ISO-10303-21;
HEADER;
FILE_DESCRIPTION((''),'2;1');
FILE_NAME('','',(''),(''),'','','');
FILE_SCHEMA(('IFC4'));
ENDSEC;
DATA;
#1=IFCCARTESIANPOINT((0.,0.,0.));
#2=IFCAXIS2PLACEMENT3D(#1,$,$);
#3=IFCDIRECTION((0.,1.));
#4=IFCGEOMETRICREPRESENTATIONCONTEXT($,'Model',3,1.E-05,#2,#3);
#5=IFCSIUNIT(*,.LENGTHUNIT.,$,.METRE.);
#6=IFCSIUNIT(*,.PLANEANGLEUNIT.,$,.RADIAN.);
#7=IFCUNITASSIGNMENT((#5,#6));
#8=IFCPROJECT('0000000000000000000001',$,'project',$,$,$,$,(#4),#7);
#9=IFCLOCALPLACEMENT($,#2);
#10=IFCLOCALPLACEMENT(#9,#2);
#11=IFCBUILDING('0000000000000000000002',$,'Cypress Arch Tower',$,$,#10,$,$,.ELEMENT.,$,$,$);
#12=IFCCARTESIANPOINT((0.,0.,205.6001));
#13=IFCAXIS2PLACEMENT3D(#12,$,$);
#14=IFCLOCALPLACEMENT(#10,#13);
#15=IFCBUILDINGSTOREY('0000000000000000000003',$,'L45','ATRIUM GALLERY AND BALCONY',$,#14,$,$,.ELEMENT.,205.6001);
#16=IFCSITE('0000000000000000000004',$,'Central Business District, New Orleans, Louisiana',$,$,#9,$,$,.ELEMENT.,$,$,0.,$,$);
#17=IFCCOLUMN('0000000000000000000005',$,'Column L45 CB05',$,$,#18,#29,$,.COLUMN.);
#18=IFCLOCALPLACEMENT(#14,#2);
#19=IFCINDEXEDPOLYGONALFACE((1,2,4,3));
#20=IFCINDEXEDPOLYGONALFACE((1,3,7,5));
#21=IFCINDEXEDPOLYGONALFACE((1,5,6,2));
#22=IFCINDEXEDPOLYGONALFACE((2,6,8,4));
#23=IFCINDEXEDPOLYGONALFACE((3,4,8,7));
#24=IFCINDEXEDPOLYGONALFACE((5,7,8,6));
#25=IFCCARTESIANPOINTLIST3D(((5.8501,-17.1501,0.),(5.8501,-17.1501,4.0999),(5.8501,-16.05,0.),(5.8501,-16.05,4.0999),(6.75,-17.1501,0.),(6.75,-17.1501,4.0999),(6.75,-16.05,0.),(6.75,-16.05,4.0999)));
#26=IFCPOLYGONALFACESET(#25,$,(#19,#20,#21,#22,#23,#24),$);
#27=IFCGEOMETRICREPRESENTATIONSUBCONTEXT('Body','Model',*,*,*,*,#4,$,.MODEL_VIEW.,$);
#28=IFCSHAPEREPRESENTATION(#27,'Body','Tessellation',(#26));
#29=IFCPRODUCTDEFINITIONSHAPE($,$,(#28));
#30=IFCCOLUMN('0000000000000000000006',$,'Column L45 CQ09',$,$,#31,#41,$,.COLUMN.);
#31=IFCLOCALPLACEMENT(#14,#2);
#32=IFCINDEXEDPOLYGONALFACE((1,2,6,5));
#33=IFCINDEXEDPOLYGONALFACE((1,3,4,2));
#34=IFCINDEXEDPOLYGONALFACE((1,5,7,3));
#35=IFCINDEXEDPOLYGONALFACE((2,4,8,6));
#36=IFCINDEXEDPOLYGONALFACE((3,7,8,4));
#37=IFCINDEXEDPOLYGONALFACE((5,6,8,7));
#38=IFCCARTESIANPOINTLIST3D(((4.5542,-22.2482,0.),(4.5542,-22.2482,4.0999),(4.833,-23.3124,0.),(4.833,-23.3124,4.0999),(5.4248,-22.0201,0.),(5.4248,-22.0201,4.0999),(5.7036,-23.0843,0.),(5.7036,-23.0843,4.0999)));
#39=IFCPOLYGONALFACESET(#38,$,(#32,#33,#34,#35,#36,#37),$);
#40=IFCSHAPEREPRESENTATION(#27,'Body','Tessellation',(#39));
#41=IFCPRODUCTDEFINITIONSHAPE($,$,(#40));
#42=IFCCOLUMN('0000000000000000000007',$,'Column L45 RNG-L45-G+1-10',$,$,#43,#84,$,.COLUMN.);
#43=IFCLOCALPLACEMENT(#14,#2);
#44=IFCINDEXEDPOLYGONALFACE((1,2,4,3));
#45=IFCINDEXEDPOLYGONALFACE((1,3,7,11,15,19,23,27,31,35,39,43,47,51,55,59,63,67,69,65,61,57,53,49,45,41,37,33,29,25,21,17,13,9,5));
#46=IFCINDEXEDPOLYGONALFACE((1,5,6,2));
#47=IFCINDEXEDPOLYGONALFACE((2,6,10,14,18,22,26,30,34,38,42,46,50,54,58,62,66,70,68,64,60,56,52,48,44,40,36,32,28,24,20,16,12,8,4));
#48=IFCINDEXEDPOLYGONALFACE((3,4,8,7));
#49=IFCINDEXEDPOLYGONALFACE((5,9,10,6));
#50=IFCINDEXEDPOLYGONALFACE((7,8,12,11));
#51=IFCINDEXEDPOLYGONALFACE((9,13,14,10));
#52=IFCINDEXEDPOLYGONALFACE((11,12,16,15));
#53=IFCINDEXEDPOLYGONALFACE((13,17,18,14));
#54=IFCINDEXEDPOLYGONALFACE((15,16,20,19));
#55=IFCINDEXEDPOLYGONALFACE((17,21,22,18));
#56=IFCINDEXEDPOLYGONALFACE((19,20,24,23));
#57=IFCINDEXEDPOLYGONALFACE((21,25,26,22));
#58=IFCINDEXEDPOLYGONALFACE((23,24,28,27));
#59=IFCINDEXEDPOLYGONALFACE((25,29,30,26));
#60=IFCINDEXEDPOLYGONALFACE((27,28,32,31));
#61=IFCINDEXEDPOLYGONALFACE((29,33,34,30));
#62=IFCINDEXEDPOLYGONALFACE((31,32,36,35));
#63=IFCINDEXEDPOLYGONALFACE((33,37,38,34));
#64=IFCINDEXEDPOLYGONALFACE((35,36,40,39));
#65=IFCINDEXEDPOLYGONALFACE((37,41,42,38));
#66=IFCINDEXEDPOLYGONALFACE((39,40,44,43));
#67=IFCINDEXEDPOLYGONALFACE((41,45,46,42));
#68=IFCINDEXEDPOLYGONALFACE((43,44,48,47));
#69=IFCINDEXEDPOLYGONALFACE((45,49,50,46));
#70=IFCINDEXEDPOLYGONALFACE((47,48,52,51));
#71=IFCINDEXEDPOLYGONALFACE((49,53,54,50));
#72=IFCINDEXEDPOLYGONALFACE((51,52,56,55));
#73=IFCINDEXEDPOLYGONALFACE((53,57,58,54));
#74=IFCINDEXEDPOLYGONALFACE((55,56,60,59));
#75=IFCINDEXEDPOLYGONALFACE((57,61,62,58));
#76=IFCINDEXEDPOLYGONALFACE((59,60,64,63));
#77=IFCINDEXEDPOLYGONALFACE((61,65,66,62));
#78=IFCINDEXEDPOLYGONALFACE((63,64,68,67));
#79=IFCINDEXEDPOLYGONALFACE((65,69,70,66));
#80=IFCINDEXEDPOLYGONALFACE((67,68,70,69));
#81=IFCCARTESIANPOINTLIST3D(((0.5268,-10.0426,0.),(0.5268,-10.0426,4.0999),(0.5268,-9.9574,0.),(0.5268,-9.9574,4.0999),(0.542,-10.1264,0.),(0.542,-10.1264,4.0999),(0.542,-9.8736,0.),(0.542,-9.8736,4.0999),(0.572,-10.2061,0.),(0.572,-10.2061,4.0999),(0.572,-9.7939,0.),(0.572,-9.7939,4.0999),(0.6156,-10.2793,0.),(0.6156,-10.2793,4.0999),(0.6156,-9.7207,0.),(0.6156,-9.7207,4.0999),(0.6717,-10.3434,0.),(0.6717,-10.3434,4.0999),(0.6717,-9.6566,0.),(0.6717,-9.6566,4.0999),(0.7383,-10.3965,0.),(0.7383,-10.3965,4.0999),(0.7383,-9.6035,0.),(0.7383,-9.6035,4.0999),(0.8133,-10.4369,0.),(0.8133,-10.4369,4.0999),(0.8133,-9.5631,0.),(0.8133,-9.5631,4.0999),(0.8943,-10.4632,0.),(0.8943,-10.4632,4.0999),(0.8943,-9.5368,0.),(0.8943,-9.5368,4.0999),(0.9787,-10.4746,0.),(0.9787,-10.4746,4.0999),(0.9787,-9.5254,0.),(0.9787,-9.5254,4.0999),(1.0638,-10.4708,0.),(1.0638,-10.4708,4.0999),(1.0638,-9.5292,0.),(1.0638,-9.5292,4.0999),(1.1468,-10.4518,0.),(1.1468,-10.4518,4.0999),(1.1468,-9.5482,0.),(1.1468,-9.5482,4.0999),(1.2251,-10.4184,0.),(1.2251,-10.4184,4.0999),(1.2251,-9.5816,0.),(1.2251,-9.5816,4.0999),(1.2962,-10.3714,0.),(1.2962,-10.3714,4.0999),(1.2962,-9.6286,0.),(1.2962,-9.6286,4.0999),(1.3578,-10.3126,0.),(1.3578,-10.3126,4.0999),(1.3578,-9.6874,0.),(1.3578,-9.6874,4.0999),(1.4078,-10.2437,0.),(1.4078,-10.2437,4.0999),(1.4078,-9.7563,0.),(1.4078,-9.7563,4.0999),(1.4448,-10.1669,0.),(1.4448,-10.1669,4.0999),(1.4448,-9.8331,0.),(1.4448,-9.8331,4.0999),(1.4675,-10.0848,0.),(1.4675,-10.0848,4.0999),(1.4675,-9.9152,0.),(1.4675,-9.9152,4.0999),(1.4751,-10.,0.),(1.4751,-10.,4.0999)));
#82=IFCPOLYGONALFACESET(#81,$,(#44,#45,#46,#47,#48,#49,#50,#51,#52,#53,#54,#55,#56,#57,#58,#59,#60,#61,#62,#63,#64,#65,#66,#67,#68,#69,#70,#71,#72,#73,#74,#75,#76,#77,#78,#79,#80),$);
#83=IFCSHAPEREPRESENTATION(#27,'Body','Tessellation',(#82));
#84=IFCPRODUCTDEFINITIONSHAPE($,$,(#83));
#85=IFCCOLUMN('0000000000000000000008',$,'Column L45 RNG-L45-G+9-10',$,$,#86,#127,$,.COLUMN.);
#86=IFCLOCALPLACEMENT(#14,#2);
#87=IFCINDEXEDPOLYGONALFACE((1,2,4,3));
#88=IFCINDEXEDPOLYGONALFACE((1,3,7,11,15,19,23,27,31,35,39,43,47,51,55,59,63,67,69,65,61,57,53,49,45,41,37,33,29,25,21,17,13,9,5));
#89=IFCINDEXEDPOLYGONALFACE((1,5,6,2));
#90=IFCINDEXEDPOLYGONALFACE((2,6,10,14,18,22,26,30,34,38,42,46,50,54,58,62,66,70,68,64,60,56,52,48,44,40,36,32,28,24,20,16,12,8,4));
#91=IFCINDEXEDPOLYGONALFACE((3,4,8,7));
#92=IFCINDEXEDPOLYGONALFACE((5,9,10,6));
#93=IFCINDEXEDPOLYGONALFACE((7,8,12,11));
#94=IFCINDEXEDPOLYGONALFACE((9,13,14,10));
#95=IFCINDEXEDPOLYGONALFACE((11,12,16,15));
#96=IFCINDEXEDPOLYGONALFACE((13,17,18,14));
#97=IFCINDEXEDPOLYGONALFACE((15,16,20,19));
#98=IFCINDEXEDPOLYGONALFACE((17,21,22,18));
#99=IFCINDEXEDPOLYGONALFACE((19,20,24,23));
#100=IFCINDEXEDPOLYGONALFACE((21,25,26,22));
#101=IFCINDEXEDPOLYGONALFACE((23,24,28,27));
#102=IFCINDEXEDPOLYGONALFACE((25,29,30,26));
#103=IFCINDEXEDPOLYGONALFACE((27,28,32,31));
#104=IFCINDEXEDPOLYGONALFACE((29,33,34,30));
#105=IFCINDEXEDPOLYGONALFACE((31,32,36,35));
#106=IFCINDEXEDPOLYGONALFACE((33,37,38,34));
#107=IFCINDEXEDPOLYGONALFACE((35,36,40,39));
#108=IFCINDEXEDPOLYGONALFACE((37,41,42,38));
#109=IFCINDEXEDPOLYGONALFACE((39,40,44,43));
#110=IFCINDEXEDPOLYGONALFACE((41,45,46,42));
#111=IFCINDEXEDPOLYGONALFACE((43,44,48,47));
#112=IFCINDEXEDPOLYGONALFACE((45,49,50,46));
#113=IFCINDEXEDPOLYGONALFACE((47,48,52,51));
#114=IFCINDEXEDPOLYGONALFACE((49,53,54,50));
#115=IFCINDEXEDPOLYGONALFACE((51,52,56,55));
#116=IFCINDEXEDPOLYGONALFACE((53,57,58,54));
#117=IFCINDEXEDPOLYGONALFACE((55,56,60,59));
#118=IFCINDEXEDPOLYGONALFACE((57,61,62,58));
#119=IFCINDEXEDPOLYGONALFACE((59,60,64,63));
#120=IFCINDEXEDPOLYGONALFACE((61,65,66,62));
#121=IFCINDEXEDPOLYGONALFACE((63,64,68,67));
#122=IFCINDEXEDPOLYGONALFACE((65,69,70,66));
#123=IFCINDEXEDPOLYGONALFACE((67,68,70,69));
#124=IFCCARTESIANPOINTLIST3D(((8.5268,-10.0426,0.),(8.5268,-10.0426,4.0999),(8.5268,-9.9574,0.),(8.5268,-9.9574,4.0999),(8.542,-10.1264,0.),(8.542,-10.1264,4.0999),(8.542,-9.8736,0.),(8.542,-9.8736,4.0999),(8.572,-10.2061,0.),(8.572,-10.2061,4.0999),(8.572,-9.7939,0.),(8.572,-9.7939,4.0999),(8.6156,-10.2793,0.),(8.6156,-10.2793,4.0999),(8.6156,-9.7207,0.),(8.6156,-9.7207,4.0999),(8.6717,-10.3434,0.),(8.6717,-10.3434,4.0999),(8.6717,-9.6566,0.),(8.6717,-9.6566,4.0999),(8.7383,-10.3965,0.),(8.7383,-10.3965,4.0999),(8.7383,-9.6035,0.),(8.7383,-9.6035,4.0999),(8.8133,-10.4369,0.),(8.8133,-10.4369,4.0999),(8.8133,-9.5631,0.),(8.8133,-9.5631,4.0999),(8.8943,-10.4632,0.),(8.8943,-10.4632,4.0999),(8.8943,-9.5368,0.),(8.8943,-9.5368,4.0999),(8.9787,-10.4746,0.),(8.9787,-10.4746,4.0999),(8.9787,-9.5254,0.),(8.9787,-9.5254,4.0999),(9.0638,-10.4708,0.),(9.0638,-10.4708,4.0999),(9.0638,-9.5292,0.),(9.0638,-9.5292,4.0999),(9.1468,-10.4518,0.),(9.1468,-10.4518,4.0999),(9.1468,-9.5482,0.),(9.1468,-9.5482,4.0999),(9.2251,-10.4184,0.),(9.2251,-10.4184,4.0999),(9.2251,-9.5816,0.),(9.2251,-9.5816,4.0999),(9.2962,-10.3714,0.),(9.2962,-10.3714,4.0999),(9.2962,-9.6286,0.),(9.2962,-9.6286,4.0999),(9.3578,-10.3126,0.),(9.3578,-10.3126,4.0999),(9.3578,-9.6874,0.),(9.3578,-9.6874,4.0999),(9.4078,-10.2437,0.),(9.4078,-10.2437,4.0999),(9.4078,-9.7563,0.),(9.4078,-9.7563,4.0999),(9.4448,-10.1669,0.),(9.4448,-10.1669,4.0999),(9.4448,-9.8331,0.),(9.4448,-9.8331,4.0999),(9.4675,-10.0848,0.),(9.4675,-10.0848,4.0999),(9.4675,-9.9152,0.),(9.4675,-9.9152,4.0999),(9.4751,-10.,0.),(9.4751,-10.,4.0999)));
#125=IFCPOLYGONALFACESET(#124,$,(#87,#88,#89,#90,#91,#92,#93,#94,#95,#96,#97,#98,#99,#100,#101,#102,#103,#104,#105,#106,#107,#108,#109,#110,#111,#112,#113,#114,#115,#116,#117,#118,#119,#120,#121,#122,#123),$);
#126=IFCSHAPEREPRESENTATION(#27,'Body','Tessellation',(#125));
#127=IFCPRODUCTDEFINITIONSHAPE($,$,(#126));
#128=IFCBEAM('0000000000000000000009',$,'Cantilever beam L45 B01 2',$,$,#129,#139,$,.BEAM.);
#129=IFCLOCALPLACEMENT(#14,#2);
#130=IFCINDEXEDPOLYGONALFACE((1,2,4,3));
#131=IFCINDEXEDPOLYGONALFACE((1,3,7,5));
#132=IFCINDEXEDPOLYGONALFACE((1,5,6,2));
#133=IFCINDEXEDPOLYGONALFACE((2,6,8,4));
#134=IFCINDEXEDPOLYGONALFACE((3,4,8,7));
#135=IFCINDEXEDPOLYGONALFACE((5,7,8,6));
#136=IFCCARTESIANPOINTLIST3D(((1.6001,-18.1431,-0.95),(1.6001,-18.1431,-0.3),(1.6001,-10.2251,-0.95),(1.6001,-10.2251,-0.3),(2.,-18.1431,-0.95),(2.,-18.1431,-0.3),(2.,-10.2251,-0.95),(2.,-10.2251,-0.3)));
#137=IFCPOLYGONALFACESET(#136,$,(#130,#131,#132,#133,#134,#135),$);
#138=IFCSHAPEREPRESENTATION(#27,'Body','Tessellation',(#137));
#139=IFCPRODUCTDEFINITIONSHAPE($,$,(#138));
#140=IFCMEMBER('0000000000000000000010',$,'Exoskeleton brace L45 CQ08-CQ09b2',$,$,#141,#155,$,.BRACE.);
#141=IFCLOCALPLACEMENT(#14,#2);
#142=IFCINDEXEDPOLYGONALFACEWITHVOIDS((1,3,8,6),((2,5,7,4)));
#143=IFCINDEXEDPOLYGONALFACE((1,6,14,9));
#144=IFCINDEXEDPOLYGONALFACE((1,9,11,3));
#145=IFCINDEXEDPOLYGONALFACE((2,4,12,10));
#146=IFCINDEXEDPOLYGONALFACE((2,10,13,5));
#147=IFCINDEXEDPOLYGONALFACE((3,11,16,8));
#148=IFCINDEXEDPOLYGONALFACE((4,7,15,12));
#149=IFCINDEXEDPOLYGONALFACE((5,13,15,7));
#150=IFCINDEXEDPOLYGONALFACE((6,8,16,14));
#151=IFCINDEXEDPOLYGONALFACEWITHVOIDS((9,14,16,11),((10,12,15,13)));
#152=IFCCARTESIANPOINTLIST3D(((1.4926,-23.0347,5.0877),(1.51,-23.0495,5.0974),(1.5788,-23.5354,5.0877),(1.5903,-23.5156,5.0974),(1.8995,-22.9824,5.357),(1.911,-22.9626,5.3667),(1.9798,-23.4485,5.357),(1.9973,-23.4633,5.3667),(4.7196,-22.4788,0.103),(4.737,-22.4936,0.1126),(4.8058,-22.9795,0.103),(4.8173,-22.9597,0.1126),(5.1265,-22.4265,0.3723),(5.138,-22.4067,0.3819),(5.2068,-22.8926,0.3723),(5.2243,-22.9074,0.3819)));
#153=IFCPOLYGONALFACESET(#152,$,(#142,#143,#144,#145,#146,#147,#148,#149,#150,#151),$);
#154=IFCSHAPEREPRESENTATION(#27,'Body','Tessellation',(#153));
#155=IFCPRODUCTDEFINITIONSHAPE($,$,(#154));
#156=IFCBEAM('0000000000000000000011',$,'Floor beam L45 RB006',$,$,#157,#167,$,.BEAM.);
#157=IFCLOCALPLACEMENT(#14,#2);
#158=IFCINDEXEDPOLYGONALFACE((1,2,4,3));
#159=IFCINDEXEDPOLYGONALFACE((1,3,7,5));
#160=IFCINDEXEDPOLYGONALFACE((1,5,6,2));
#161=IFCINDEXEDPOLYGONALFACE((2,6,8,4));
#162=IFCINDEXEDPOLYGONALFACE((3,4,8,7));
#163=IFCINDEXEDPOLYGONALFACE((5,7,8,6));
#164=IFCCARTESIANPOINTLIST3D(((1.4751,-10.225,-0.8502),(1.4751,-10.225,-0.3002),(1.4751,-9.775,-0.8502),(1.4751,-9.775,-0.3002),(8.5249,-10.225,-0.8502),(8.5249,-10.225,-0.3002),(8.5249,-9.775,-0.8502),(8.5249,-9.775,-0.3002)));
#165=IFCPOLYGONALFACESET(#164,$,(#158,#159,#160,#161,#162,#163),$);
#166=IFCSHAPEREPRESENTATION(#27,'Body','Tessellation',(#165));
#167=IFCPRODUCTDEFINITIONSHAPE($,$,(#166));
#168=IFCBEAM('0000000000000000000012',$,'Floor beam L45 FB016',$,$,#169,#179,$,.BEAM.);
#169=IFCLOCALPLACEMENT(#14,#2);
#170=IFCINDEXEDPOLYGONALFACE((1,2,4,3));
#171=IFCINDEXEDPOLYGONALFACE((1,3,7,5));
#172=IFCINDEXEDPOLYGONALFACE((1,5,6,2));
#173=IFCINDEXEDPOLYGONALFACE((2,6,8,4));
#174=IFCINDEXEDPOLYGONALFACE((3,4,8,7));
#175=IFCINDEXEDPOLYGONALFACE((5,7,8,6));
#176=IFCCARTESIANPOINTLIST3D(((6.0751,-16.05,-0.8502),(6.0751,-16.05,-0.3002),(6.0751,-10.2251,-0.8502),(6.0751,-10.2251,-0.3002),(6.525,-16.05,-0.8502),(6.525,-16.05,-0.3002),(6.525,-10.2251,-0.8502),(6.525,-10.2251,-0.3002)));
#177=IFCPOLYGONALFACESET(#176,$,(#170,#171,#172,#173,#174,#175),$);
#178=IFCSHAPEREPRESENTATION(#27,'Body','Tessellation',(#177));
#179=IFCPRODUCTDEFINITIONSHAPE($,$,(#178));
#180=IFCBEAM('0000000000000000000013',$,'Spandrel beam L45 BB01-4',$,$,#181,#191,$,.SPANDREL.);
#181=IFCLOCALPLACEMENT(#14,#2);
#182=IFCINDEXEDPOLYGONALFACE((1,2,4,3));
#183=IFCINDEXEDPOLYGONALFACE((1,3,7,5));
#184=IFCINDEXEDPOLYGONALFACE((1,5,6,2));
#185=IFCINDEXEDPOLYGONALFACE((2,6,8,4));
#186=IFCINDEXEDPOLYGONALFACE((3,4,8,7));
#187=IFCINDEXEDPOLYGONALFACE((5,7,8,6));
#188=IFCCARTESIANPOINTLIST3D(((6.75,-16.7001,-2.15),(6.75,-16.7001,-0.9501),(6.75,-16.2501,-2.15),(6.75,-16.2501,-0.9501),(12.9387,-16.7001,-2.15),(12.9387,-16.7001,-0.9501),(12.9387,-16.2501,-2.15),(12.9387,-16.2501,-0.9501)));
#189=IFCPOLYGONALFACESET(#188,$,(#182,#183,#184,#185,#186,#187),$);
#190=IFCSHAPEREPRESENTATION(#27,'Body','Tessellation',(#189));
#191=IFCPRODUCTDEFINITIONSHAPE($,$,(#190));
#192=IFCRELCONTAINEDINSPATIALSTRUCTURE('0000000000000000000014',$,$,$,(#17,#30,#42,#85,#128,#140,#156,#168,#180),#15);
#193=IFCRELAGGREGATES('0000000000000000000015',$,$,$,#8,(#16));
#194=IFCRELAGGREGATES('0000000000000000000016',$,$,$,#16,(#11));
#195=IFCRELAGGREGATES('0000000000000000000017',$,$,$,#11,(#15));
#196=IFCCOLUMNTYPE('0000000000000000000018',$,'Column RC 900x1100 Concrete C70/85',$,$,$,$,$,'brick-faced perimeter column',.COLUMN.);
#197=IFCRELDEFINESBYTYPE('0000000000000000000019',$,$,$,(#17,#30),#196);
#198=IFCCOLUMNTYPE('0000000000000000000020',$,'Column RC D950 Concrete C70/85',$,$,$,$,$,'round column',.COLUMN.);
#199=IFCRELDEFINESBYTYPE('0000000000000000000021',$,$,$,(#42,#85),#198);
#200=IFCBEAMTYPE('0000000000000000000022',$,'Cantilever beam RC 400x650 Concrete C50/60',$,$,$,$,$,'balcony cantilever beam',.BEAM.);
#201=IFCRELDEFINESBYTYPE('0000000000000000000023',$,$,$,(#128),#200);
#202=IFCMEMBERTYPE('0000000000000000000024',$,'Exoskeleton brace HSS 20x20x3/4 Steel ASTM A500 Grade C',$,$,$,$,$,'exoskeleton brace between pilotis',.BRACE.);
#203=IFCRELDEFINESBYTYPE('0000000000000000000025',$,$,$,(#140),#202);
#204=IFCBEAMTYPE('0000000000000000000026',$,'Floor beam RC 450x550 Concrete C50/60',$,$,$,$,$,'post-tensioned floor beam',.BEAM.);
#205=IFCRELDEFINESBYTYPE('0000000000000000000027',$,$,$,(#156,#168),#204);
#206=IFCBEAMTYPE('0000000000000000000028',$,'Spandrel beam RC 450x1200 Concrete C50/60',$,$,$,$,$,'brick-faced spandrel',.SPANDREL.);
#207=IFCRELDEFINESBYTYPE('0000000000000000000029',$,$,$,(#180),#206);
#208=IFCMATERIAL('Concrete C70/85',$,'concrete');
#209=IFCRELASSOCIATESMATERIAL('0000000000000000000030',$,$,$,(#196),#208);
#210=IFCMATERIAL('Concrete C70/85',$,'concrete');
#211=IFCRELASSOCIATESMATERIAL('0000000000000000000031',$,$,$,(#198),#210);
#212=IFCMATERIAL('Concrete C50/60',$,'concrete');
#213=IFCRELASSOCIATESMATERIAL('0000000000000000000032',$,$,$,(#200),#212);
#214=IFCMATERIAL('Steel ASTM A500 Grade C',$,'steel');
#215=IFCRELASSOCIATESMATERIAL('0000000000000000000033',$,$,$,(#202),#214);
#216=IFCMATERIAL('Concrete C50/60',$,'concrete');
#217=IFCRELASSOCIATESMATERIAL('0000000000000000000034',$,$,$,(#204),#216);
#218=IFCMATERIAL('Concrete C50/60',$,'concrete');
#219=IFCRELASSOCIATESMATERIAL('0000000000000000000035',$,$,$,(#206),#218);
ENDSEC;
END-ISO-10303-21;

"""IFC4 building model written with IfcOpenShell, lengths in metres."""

from ifc_helpers import new_model, si_unit, direction, frame, origin, origin_2d, place, context, subcontext, project, spatial, rectangle, hollow_rectangle, circle, extrude, material, material_profile, profile_set, type_object, element, save


model = new_model("IFC4")

# Units and contexts
model_context = context("Model", 3, precision=1e-05, world=origin(), true_north=direction((0.0, 1.0)))
body_context = subcontext(model_context, "Body", "Model", "MODEL_VIEW")
ifc_project = project(units=[si_unit("LENGTHUNIT", "METRE"), si_unit("PLANEANGLEUNIT", "RADIAN")], contexts=[model_context])

# Site, building, storey
site_placement = place(None, origin())
site = spatial("IfcSite", under=ifc_project, at=site_placement, Name="Central Business District, New Orleans, Louisiana", CompositionType="ELEMENT", RefElevation=0.0)
building_placement = place(site_placement, origin())
building = spatial("IfcBuilding", under=site, at=building_placement, Name="Cypress Arch Tower", CompositionType="ELEMENT")
storey_placement = place(building_placement, frame((0.0, 0.0, 205.6001)))
storey = spatial("IfcBuildingStorey", under=building, at=storey_placement, Name="L45", Description="ATRIUM GALLERY AND BALCONY", CompositionType="ELEMENT", Elevation=205.6001)

# Columns
ifc_material_1 = material(Name="Concrete C70/85", Category="concrete")
ifc_material_profile_1 = material_profile(ifc_material_1, rectangle(XDim=0.8999, YDim=1.1001, at=origin_2d()), Name="RC 900x1100")
ifc_profile_set_1 = profile_set([ifc_material_profile_1], Name="Concrete C70/85")
column_type_1 = type_object("IfcColumnType", Name="Column RC 900x1100 Concrete C70/85", ElementType="brick-faced perimeter column", PredefinedType="COLUMN", material=ifc_profile_set_1)
for number, where, z_axis, x_axis, name in (
    (1, (6.3, -16.6001, 0.0), (0.0, 0.0, 1.0), (1.0, 0.0, 0.0), "Column L45 CB05"),
    (2, (5.1289, -22.6663, 0.0), (0.0, 0.0, 1.0), (0.967356, 0.253422, 0.0), "Column L45 CQ09"),
):
    element("IfcColumn", number, at=place(storey_placement, frame(where, z_axis=z_axis, x_axis=x_axis)), inside=storey, type_object=column_type_1, Name=name, PredefinedType="COLUMN", context=body_context, shape_type="SweptSolid", body=[
        extrude(rectangle(XDim=0.8999, YDim=1.1001, at=origin_2d()), origin(), (0.0, 0.0, 1.0), 4.0999),
    ])
ifc_material_2 = material(Name="Concrete C70/85", Category="concrete")
ifc_material_profile_2 = material_profile(ifc_material_2, circle(Radius=0.4751, at=origin_2d()), Name="RC D950")
ifc_profile_set_2 = profile_set([ifc_material_profile_2], Name="Concrete C70/85")
column_type_2 = type_object("IfcColumnType", Name="Column RC D950 Concrete C70/85", ElementType="round column", PredefinedType="COLUMN", material=ifc_profile_set_2)
for number, where, z_axis, x_axis, name in (
    (3, (1.0, -10.0, 0.0), (0.0, 0.0, 1.0), (1.0, 0.0, 0.0), "Column L45 RNG-L45-G+1-10"),
    (4, (9.0, -10.0, 0.0), (0.0, 0.0, 1.0), (1.0, 0.0, 0.0), "Column L45 RNG-L45-G+9-10"),
):
    element("IfcColumn", number, at=place(storey_placement, frame(where, z_axis=z_axis, x_axis=x_axis)), inside=storey, type_object=column_type_2, Name=name, PredefinedType="COLUMN", context=body_context, shape_type="SweptSolid", body=[
        extrude(circle(Radius=0.4751, at=origin_2d()), origin(), (0.0, 0.0, 1.0), 4.0999),
    ])

# Beam
ifc_material_3 = material(Name="Concrete C50/60", Category="concrete")
ifc_material_profile_3 = material_profile(ifc_material_3, rectangle(XDim=0.3999, YDim=0.6499, at=origin_2d()), Name="RC 400x650")
ifc_profile_set_3 = profile_set([ifc_material_profile_3], Name="Concrete C50/60")
beam_type_1 = type_object("IfcBeamType", Name="Cantilever beam RC 400x650 Concrete C50/60", ElementType="balcony cantilever beam", PredefinedType="BEAM", material=ifc_profile_set_3)
beam_1_placement = place(storey_placement, frame((1.8, -10.2251, -0.625), z_axis=(0.0, -1.0, 0.0), x_axis=(1.0, 0.0, 0.0)))
element("IfcBeam", 5, at=beam_1_placement, inside=storey, type_object=beam_type_1, Name="Cantilever beam L45 B01 2", PredefinedType="BEAM", context=body_context, shape_type="SweptSolid", body=[
    extrude(rectangle(XDim=0.3999, YDim=0.6499, at=origin_2d()), origin(), (0.0, 0.0, 1.0), 7.918),
])

# Member
ifc_material_4 = material(Name="Steel ASTM A500 Grade C", Category="steel")
ifc_material_profile_4 = material_profile(ifc_material_4, hollow_rectangle(XDim=0.5081, YDim=0.5081, WallThickness=0.0176, at=origin_2d()), Name="HSS 20x20x3/4")
ifc_profile_set_4 = profile_set([ifc_material_profile_4], Name="Steel ASTM A500 Grade C")
member_type = type_object("IfcMemberType", Name="Exoskeleton brace HSS 20x20x3/4 Steel ASTM A500 Grade C", ElementType="exoskeleton brace between pilotis", PredefinedType="BRACE", material=ifc_profile_set_4)
member_placement = place(storey_placement, frame((4.9719, -22.6931, 0.2424), z_axis=(-0.54107, -0.093207, 0.835797), x_axis=(0.169765, -0.985485, 0.0)))
element("IfcMember", 6, at=member_placement, inside=storey, type_object=member_type, Name="Exoskeleton brace L45 CQ08-CQ09b2", PredefinedType="BRACE", context=body_context, shape_type="SweptSolid", body=[
    extrude(hollow_rectangle(XDim=0.5081, YDim=0.5081, WallThickness=0.0176, at=origin_2d()), origin(), (0.0, 0.0, 1.0), 5.9641),
])

# Beams
ifc_material_5 = material(Name="Concrete C50/60", Category="concrete")
ifc_material_profile_5 = material_profile(ifc_material_5, rectangle(XDim=0.45, YDim=0.55, at=origin_2d()), Name="RC 450x550")
ifc_profile_set_5 = profile_set([ifc_material_profile_5], Name="Concrete C50/60")
beam_type_2 = type_object("IfcBeamType", Name="Floor beam RC 450x550 Concrete C50/60", ElementType="post-tensioned floor beam", PredefinedType="BEAM", material=ifc_profile_set_5)
beam_2_placement = place(storey_placement, frame((1.4751, -10.0, -0.5752), z_axis=(1.0, 0.0, 0.0), x_axis=(0.0, 1.0, 0.0)))
element("IfcBeam", 7, at=beam_2_placement, inside=storey, type_object=beam_type_2, Name="Floor beam L45 RB006", PredefinedType="BEAM", context=body_context, shape_type="SweptSolid", body=[
    extrude(rectangle(XDim=0.45, YDim=0.55, at=origin_2d()), origin(), (0.0, 0.0, 1.0), 7.0498),
])
beam_3_placement = place(storey_placement, frame((6.3, -16.05, -0.5752), z_axis=(0.0, 1.0, 0.0), x_axis=(-1.0, 0.0, 0.0)))
element("IfcBeam", 8, at=beam_3_placement, inside=storey, type_object=beam_type_2, Name="Floor beam L45 FB016", PredefinedType="BEAM", context=body_context, shape_type="SweptSolid", body=[
    extrude(rectangle(XDim=0.45, YDim=0.55, at=origin_2d()), origin(), (0.0, 0.0, 1.0), 5.825),
])
ifc_material_6 = material(Name="Concrete C50/60", Category="concrete")
ifc_material_profile_6 = material_profile(ifc_material_6, rectangle(XDim=0.45, YDim=1.2, at=origin_2d()), Name="RC 450x1200")
ifc_profile_set_6 = profile_set([ifc_material_profile_6], Name="Concrete C50/60")
beam_type_3 = type_object("IfcBeamType", Name="Spandrel beam RC 450x1200 Concrete C50/60", ElementType="brick-faced spandrel", PredefinedType="SPANDREL", material=ifc_profile_set_6)
beam_4_placement = place(storey_placement, frame((6.75, -16.4751, -1.55), z_axis=(1.0, 0.0, 0.0), x_axis=(0.0, 1.0, 0.0)))
element("IfcBeam", 9, at=beam_4_placement, inside=storey, type_object=beam_type_3, Name="Spandrel beam L45 BB01-4", PredefinedType="SPANDREL", context=body_context, shape_type="SweptSolid", body=[
    extrude(rectangle(XDim=0.45, YDim=1.2, at=origin_2d()), origin(), (0.0, 0.0, 1.0), 6.1887),
])

save(model, "model.ifc")
